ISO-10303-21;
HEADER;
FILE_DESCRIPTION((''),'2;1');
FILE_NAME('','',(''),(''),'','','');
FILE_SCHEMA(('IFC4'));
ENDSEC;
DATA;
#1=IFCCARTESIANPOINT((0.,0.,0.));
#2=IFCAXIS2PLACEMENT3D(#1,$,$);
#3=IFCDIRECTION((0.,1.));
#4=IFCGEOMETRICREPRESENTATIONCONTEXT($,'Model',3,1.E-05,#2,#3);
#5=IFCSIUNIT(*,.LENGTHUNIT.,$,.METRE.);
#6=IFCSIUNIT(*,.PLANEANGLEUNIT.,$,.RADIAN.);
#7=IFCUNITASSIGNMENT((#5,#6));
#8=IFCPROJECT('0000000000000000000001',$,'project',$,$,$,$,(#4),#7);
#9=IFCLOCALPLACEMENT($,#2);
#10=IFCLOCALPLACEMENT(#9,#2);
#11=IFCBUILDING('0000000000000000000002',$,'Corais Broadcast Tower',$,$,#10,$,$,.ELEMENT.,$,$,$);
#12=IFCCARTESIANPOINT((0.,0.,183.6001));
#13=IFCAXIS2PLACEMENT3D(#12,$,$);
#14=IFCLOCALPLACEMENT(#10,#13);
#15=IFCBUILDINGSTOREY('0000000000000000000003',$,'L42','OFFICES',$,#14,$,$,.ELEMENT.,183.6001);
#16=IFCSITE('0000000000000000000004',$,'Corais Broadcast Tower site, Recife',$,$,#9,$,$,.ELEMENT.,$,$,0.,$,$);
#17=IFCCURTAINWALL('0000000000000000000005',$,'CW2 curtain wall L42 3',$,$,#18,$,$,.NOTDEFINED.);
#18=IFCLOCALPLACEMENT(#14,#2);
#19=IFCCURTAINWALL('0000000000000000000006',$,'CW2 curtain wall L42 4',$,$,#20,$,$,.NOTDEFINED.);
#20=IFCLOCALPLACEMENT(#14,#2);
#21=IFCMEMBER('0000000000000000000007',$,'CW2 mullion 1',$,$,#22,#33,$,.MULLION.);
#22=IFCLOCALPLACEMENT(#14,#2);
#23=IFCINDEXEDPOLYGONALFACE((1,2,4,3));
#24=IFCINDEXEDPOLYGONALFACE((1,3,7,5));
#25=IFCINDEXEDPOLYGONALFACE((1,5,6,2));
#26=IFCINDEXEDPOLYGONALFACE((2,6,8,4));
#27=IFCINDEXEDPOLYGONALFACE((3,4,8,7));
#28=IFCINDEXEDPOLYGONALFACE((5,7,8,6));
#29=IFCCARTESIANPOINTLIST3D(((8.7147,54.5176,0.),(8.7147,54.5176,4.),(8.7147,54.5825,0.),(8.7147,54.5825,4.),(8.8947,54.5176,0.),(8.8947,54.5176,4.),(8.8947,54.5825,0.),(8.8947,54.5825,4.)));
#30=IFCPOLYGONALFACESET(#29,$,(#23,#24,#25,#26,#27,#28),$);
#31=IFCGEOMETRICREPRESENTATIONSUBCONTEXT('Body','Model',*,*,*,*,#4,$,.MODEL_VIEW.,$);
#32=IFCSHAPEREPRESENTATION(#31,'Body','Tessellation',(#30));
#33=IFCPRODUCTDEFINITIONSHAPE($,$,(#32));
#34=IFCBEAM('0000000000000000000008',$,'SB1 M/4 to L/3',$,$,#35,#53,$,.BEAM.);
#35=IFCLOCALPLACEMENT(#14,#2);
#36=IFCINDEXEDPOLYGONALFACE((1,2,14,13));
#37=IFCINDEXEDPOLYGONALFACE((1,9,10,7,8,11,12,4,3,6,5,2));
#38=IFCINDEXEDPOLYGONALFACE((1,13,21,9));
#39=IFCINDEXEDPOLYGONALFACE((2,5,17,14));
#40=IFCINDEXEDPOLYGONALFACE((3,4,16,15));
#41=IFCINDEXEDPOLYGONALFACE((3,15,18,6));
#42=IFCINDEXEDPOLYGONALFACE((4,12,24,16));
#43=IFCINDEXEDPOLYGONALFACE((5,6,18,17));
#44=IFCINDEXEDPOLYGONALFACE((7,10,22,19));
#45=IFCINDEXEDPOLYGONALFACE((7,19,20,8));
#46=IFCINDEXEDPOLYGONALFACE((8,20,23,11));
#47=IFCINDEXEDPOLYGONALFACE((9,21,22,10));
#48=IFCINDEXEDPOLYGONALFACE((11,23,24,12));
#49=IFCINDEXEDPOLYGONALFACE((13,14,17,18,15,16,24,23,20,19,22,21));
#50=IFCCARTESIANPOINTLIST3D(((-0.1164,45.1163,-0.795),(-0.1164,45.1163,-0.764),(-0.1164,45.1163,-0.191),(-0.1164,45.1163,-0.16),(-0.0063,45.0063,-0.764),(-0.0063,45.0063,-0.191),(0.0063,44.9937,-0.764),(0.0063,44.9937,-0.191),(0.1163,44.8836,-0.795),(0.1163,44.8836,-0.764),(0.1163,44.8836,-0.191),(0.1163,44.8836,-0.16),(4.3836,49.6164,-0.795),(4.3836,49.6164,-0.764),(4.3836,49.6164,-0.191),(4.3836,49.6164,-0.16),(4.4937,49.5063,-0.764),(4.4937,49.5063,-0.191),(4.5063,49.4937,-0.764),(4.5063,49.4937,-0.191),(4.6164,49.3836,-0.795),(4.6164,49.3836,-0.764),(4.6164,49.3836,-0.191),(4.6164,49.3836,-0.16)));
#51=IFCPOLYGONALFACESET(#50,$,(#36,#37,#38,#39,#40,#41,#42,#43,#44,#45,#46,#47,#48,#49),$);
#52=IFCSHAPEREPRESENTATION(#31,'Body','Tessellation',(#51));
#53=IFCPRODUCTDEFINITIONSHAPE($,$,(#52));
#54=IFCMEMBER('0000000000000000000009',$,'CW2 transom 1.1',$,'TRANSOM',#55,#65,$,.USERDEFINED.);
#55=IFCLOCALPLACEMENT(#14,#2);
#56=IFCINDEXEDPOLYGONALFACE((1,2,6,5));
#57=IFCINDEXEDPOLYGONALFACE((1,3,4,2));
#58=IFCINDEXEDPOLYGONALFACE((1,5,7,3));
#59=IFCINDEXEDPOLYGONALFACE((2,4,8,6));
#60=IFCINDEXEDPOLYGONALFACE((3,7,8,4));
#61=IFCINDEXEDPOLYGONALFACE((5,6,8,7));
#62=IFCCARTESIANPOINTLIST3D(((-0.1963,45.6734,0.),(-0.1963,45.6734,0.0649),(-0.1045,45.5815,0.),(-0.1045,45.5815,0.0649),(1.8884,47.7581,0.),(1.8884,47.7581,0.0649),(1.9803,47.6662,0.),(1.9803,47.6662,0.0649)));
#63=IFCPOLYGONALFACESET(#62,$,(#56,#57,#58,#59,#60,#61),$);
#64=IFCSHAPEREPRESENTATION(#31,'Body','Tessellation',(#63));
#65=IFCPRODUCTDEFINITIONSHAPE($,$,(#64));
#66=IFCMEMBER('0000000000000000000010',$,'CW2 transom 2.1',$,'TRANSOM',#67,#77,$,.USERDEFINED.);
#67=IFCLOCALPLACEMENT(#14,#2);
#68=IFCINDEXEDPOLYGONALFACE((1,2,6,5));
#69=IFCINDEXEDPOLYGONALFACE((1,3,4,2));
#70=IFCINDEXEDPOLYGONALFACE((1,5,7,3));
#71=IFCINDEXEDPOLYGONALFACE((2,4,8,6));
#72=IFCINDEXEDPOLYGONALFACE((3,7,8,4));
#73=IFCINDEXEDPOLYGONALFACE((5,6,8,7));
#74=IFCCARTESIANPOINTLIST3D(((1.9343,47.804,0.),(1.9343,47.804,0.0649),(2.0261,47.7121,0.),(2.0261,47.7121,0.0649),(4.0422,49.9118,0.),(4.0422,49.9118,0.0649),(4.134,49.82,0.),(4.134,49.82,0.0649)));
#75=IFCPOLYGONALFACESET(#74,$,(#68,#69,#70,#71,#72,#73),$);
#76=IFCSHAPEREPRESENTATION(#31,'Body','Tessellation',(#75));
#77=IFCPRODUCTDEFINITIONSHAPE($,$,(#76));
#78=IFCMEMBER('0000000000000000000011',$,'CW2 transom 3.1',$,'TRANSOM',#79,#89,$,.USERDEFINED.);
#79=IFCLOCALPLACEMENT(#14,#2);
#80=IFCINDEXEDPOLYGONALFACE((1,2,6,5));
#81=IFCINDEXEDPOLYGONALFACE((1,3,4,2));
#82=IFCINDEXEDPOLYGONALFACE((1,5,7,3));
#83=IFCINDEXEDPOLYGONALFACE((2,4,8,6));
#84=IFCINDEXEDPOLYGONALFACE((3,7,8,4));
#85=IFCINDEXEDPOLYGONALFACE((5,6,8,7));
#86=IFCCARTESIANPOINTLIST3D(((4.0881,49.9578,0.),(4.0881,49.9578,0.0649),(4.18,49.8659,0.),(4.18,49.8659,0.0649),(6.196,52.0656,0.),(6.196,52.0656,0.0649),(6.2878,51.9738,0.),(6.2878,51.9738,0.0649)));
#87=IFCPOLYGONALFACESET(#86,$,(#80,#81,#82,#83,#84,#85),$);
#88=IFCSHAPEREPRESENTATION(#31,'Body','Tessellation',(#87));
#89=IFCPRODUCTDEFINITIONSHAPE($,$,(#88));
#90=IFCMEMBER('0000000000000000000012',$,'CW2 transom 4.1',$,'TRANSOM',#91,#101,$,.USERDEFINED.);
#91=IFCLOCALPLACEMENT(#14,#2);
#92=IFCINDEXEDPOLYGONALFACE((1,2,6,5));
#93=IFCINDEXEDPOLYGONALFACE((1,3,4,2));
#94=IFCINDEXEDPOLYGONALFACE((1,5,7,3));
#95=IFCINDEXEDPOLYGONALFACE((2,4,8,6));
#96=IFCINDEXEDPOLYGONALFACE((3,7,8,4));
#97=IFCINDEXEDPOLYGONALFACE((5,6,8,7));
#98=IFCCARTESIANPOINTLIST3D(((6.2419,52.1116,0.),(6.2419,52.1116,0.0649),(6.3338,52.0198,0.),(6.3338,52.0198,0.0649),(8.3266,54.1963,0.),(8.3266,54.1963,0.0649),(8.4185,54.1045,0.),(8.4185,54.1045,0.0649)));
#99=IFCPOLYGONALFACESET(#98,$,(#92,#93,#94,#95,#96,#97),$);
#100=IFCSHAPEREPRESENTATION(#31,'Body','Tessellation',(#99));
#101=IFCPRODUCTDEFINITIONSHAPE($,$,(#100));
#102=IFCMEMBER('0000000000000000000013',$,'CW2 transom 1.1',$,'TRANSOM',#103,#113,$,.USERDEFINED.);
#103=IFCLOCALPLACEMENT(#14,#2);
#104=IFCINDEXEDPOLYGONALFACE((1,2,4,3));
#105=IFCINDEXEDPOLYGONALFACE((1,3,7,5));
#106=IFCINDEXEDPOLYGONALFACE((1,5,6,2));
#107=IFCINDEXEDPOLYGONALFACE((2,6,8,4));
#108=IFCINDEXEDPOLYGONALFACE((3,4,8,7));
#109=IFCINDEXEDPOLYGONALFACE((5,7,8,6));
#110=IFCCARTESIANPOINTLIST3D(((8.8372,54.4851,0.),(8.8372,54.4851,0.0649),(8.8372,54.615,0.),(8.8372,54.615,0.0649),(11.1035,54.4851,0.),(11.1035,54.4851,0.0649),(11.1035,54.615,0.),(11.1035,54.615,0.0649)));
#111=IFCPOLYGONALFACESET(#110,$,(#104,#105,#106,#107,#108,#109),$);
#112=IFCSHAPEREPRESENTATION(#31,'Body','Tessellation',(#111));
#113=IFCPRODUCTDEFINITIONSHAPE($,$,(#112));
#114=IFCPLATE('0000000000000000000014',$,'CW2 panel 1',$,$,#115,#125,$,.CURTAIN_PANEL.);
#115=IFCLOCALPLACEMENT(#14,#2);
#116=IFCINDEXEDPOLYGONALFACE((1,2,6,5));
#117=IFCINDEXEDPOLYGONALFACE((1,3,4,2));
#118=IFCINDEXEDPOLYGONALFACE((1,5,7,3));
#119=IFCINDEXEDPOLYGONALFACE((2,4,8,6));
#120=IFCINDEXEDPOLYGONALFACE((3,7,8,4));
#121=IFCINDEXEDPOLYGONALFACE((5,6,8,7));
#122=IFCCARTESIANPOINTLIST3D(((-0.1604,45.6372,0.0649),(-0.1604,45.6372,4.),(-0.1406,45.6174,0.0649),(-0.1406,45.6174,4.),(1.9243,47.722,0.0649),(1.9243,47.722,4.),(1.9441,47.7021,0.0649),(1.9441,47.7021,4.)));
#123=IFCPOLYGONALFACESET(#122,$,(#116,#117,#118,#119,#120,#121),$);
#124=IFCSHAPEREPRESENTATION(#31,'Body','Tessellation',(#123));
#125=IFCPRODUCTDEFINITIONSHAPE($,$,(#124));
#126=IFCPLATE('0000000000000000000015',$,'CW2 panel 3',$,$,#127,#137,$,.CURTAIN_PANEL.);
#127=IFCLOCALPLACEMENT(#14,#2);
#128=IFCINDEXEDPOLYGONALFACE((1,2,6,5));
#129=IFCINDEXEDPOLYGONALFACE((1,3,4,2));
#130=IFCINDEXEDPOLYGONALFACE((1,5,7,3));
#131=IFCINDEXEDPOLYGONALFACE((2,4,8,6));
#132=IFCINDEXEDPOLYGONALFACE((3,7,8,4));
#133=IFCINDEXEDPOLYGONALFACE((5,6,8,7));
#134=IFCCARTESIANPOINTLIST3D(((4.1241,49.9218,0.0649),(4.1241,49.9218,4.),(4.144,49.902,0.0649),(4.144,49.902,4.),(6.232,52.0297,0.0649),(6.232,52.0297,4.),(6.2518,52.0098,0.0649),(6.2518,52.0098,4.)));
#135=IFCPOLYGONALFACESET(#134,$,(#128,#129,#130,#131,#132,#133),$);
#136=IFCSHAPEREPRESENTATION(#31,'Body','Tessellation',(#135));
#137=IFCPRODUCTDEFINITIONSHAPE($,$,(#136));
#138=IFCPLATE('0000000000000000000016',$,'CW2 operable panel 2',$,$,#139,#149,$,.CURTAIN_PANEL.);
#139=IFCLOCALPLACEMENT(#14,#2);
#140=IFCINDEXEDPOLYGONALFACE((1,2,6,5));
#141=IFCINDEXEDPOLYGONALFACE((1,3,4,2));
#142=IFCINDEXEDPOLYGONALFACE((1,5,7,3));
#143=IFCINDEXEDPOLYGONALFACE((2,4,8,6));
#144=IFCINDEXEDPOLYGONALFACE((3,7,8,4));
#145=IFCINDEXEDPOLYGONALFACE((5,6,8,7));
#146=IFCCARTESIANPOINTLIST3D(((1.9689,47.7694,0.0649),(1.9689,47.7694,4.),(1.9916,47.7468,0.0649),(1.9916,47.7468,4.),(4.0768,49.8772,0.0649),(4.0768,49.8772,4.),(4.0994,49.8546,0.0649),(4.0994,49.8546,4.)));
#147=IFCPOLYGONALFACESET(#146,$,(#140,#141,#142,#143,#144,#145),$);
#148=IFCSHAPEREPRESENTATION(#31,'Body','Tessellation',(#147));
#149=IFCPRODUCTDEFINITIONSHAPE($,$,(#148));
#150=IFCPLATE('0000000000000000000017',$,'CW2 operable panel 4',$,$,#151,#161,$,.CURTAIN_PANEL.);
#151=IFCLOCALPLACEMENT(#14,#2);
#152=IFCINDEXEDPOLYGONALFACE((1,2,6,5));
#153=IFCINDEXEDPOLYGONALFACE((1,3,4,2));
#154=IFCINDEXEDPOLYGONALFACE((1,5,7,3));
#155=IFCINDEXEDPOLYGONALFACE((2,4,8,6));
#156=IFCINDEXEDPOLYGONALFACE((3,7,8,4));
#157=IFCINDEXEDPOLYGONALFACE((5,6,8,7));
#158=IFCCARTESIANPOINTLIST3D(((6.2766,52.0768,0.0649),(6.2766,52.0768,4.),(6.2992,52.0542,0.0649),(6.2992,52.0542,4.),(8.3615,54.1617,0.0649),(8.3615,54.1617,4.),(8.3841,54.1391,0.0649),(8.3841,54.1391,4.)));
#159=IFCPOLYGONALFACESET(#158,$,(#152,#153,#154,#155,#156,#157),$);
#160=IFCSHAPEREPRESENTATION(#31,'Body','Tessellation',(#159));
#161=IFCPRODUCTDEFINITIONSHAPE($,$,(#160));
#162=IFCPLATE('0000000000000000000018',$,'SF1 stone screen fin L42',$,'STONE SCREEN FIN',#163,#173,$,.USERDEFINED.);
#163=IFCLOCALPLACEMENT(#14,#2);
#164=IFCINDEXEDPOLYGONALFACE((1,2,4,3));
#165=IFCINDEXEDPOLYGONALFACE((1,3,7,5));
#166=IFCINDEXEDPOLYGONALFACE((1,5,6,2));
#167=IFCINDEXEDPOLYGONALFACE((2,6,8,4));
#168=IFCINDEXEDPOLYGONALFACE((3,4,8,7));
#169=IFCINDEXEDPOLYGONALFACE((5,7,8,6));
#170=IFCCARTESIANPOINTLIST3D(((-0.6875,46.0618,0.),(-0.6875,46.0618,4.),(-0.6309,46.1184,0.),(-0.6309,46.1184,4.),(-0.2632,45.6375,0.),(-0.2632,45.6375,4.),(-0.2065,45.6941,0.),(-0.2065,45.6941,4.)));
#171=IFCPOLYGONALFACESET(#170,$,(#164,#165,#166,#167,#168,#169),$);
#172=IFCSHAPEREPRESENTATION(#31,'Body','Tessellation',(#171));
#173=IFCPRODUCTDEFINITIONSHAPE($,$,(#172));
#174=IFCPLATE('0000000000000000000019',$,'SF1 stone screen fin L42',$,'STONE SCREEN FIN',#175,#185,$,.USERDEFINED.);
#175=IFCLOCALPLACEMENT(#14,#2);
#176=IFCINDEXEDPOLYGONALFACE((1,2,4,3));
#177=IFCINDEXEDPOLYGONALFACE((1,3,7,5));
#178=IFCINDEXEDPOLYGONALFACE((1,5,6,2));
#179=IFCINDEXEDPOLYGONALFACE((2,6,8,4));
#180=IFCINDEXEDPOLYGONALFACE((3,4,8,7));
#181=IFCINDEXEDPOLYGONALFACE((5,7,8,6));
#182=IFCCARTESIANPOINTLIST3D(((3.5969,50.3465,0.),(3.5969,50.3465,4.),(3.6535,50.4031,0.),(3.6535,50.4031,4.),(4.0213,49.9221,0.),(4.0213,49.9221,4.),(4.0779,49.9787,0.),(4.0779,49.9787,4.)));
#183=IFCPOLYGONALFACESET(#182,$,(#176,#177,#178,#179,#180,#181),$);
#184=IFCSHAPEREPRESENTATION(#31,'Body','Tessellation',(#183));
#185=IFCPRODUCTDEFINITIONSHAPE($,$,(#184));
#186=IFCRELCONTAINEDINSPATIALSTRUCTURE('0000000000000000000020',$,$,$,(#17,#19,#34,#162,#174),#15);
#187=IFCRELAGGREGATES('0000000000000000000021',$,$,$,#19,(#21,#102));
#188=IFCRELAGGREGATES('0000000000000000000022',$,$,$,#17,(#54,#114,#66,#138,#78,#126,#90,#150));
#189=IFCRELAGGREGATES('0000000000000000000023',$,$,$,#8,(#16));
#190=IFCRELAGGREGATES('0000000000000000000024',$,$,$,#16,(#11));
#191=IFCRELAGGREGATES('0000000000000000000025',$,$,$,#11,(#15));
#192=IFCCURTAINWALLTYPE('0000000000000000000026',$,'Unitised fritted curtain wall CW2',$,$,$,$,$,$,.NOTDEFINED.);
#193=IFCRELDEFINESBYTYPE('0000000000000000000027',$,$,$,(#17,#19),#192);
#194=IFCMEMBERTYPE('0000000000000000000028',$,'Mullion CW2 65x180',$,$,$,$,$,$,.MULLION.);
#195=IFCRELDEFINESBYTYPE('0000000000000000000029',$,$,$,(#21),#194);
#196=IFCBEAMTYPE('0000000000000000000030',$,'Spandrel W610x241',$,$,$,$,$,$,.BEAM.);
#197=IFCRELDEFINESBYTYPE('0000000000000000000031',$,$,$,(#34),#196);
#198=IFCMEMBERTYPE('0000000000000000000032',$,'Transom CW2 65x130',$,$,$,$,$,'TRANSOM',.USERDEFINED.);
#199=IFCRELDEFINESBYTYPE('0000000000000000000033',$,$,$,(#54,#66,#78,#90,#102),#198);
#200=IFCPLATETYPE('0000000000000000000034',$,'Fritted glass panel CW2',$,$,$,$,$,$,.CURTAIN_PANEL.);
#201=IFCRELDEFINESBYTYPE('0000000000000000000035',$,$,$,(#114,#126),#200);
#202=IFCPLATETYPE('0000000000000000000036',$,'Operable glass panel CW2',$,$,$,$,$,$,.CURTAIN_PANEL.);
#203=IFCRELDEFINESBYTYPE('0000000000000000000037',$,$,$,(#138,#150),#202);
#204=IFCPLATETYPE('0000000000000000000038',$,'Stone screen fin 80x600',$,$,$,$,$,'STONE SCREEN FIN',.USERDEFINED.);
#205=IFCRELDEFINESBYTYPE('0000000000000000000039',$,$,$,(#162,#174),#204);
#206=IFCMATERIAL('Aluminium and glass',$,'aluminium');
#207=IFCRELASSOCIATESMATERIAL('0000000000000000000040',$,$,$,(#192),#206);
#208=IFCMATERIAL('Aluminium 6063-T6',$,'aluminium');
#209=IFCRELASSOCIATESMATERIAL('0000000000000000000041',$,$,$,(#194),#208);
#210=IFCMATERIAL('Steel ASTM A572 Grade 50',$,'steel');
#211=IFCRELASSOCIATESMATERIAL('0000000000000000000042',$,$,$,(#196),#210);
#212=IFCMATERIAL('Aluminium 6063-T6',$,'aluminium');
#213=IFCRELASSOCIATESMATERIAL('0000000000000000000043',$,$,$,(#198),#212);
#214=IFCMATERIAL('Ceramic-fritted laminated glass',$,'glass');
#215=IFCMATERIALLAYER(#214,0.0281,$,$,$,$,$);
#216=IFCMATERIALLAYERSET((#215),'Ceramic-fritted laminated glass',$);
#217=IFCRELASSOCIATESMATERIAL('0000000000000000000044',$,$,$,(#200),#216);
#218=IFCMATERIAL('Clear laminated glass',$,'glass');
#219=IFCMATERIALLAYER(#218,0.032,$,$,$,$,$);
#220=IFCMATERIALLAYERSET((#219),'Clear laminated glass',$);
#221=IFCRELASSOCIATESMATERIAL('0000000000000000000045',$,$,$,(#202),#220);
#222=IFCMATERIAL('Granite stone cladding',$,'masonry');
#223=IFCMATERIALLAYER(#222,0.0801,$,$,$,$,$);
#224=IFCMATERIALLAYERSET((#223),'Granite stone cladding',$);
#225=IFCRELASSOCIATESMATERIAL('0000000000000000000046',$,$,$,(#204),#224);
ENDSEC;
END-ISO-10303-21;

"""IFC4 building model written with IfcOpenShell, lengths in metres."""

from ifc_helpers import new_model, si_unit, direction, frame, origin, origin_2d, place, context, subcontext, project, spatial, rectangle, i_section, extrude, material, layer, layer_set, material_profile, profile_set, type_object, element, aggregate, save


model = new_model("IFC4")

# Units and contexts
model_context = context("Model", 3, precision=1e-05, world=origin(), true_north=direction((0.0, 1.0)))
body_context = subcontext(model_context, "Body", "Model", "MODEL_VIEW")
ifc_project = project(units=[si_unit("LENGTHUNIT", "METRE"), si_unit("PLANEANGLEUNIT", "RADIAN")], contexts=[model_context])

# Site, building, storey
site_placement = place(None, origin())
site = spatial("IfcSite", under=ifc_project, at=site_placement, Name="Corais Broadcast Tower site, Recife", CompositionType="ELEMENT", RefElevation=0.0)
building_placement = place(site_placement, origin())
building = spatial("IfcBuilding", under=site, at=building_placement, Name="Corais Broadcast Tower", CompositionType="ELEMENT")
storey_placement = place(building_placement, frame((0.0, 0.0, 183.6001)))
storey = spatial("IfcBuildingStorey", under=building, at=storey_placement, Name="L42", Description="OFFICES", CompositionType="ELEMENT", Elevation=183.6001)

# Shared definitions
ifc_material_1 = material(Name="Aluminium and glass", Category="aluminium")
curtain_wall_type = type_object("IfcCurtainWallType", Name="Unitised fritted curtain wall CW2", PredefinedType="NOTDEFINED", material=ifc_material_1)
ifc_material_2 = material(Name="Aluminium 6063-T6", Category="aluminium")
ifc_material_profile_1 = material_profile(ifc_material_2, rectangle(XDim=0.0649, YDim=0.1799, at=origin_2d()), Name="Mullion CW2 65x180")
ifc_profile_set_1 = profile_set([ifc_material_profile_1], Name="Aluminium 6063-T6")
member_type_1 = type_object("IfcMemberType", Name="Mullion CW2 65x180", PredefinedType="MULLION", material=ifc_profile_set_1)

# Curtain wall
curtain_wall_1_placement = place(storey_placement, origin())
curtain_wall_1 = element("IfcCurtainWall", 1, at=curtain_wall_1_placement, inside=storey, type_object=curtain_wall_type, Name="CW2 curtain wall L42 3", PredefinedType="NOTDEFINED")

# Curtain wall, member
curtain_wall_2_placement = place(storey_placement, origin())
curtain_wall_2 = element("IfcCurtainWall", 2, at=curtain_wall_2_placement, inside=storey, type_object=curtain_wall_type, Name="CW2 curtain wall L42 4", PredefinedType="NOTDEFINED")
member_1_placement = place(storey_placement, frame((8.8047, 54.55, 0.0), z_axis=(0.0, 0.0, 1.0), x_axis=(0.0, 1.0, 0.0)))
member_1 = element("IfcMember", 3, at=member_1_placement, type_object=member_type_1, Name="CW2 mullion 1", PredefinedType="MULLION", context=body_context, shape_type="SweptSolid", body=[
    extrude(rectangle(XDim=0.0649, YDim=0.1799, at=origin_2d()), origin(), (0.0, 0.0, 1.0), 4.0),
])

# Beam
ifc_material_3 = material(Name="Steel ASTM A572 Grade 50", Category="steel")
ifc_material_profile_2 = material_profile(ifc_material_3, i_section(OverallWidth=0.3291, OverallDepth=0.635, WebThickness=0.0178, FlangeThickness=0.031, at=origin_2d()), Name="W610x241")
ifc_profile_set_2 = profile_set([ifc_material_profile_2], Name="Steel ASTM A572 Grade 50")
beam_type_1 = type_object("IfcBeamType", Name="Spandrel W610x241", PredefinedType="BEAM", material=ifc_profile_set_2)
beam_1_placement = place(storey_placement, frame((4.5, 49.5, -0.4775), z_axis=(-0.707107, -0.707107, 0.0), x_axis=(0.707107, -0.707107, 0.0)))
element("IfcBeam", 4, at=beam_1_placement, inside=storey, type_object=beam_type_1, Name="SB1 M/4 to L/3", PredefinedType="BEAM", context=body_context, shape_type="SweptSolid", body=[
    extrude(i_section(OverallWidth=0.3291, OverallDepth=0.635, WebThickness=0.0178, FlangeThickness=0.031, at=origin_2d()), origin(), (0.0, 0.0, 1.0), 6.364),
])

# Members
ifc_material_4 = material(Name="Aluminium 6063-T6", Category="aluminium")
ifc_material_profile_3 = material_profile(ifc_material_4, rectangle(XDim=0.1299, YDim=0.0649, at=origin_2d()), Name="Transom CW2 65x130")
ifc_profile_set_3 = profile_set([ifc_material_profile_3], Name="Aluminium 6063-T6")
member_type_2 = type_object("IfcMemberType", Name="Transom CW2 65x130", ElementType="TRANSOM", PredefinedType="USERDEFINED", material=ifc_profile_set_3)
member_2_placement = place(storey_placement, frame((-0.1504, 45.6274, 0.0325), z_axis=(0.707107, 0.707107, 0.0), x_axis=(-0.707107, 0.707107, 0.0)))
member_2 = element("IfcMember", 5, at=member_2_placement, type_object=member_type_2, Name="CW2 transom 1.1", ObjectType="TRANSOM", PredefinedType="USERDEFINED", context=body_context, shape_type="SweptSolid", body=[
    extrude(rectangle(XDim=0.1299, YDim=0.0649, at=origin_2d()), origin(), (0.0, 0.0, 1.0), 2.9482),
])
member_3_placement = place(storey_placement, frame((1.9802, 47.7581, 0.0325), z_axis=(0.707107, 0.707107, 0.0), x_axis=(-0.707107, 0.707107, 0.0)))
member_3 = element("IfcMember", 6, at=member_3_placement, type_object=member_type_2, Name="CW2 transom 2.1", ObjectType="TRANSOM", PredefinedType="USERDEFINED", context=body_context, shape_type="SweptSolid", body=[
    extrude(rectangle(XDim=0.1299, YDim=0.0649, at=origin_2d()), origin(), (0.0, 0.0, 1.0), 2.981),
])
member_4_placement = place(storey_placement, frame((4.134, 49.9119, 0.0325), z_axis=(0.707107, 0.707107, 0.0), x_axis=(-0.707107, 0.707107, 0.0)))
member_4 = element("IfcMember", 7, at=member_4_placement, type_object=member_type_2, Name="CW2 transom 3.1", ObjectType="TRANSOM", PredefinedType="USERDEFINED", context=body_context, shape_type="SweptSolid", body=[
    extrude(rectangle(XDim=0.1299, YDim=0.0649, at=origin_2d()), origin(), (0.0, 0.0, 1.0), 2.981),
])
member_5_placement = place(storey_placement, frame((6.2878, 52.0657, 0.0325), z_axis=(0.707107, 0.707107, 0.0), x_axis=(-0.707107, 0.707107, 0.0)))
member_5 = element("IfcMember", 8, at=member_5_placement, type_object=member_type_2, Name="CW2 transom 4.1", ObjectType="TRANSOM", PredefinedType="USERDEFINED", context=body_context, shape_type="SweptSolid", body=[
    extrude(rectangle(XDim=0.1299, YDim=0.0649, at=origin_2d()), origin(), (0.0, 0.0, 1.0), 2.9482),
])
member_6_placement = place(storey_placement, frame((8.8372, 54.55, 0.0325), z_axis=(1.0, 0.0, 0.0), x_axis=(0.0, 1.0, 0.0)))
member_6 = element("IfcMember", 9, at=member_6_placement, type_object=member_type_2, Name="CW2 transom 1.1", ObjectType="TRANSOM", PredefinedType="USERDEFINED", context=body_context, shape_type="SweptSolid", body=[
    extrude(rectangle(XDim=0.1299, YDim=0.0649, at=origin_2d()), origin(), (0.0, 0.0, 1.0), 2.2664),
])
aggregate(curtain_wall_2, [member_1, member_6])

# Plates
ifc_material_5 = material(Name="Ceramic-fritted laminated glass", Category="glass")
ifc_layer_1 = layer(ifc_material_5, 0.0281)
ifc_layer_set_1 = layer_set([ifc_layer_1], Name="Ceramic-fritted laminated glass")
plate_type_1 = type_object("IfcPlateType", Name="Fritted glass panel CW2", PredefinedType="CURTAIN_PANEL", material=ifc_layer_set_1)
plate_1_placement = place(storey_placement, frame((0.8918, 46.6697, 0.0649), z_axis=(0.0, 0.0, 1.0), x_axis=(0.707107, 0.707107, 0.0)))
plate_1 = element("IfcPlate", 10, at=plate_1_placement, type_object=plate_type_1, Name="CW2 panel 1", PredefinedType="CURTAIN_PANEL", context=body_context, shape_type="SweptSolid", body=[
    extrude(rectangle(XDim=2.9482, YDim=0.0281, at=origin_2d()), origin(), (0.0, 0.0, 1.0), 3.9351),
])
plate_2_placement = place(storey_placement, frame((5.188, 50.9658, 0.0649), z_axis=(0.0, 0.0, 1.0), x_axis=(0.707107, 0.707107, 0.0)))
plate_2 = element("IfcPlate", 11, at=plate_2_placement, type_object=plate_type_1, Name="CW2 panel 3", PredefinedType="CURTAIN_PANEL", context=body_context, shape_type="SweptSolid", body=[
    extrude(rectangle(XDim=2.981, YDim=0.0281, at=origin_2d()), origin(), (0.0, 0.0, 1.0), 3.9351),
])
ifc_material_6 = material(Name="Clear laminated glass", Category="glass")
ifc_layer_2 = layer(ifc_material_6, 0.032)
ifc_layer_set_2 = layer_set([ifc_layer_2], Name="Clear laminated glass")
plate_type_2 = type_object("IfcPlateType", Name="Operable glass panel CW2", PredefinedType="CURTAIN_PANEL", material=ifc_layer_set_2)
plate_3_placement = place(storey_placement, frame((3.0342, 48.812, 0.0649), z_axis=(0.0, 0.0, 1.0), x_axis=(0.707107, 0.707107, 0.0)))
plate_3 = element("IfcPlate", 12, at=plate_3_placement, type_object=plate_type_2, Name="CW2 operable panel 2", PredefinedType="CURTAIN_PANEL", context=body_context, shape_type="SweptSolid", body=[
    extrude(rectangle(XDim=2.981, YDim=0.032, at=origin_2d()), origin(), (0.0, 0.0, 1.0), 3.9351),
])
plate_4_placement = place(storey_placement, frame((7.3303, 53.1079, 0.0649), z_axis=(0.0, 0.0, 1.0), x_axis=(0.707107, 0.707107, 0.0)))
plate_4 = element("IfcPlate", 13, at=plate_4_placement, type_object=plate_type_2, Name="CW2 operable panel 4", PredefinedType="CURTAIN_PANEL", context=body_context, shape_type="SweptSolid", body=[
    extrude(rectangle(XDim=2.9485, YDim=0.032, at=origin_2d()), origin(), (0.0, 0.0, 1.0), 3.9351),
])
aggregate(curtain_wall_1, [member_2, plate_1, member_3, plate_3, member_4, plate_2, member_5, plate_4])

# Plates
ifc_material_7 = material(Name="Granite stone cladding", Category="masonry")
ifc_layer_3 = layer(ifc_material_7, 0.0801)
ifc_layer_set_3 = layer_set([ifc_layer_3], Name="Granite stone cladding")
plate_type_3 = type_object("IfcPlateType", Name="Stone screen fin 80x600", ElementType="STONE SCREEN FIN", PredefinedType="USERDEFINED", material=ifc_layer_set_3)
for number, where, z_axis, x_axis, name in (
    (14, (-0.447, 45.8779, 0.0), (0.0, 0.0, 1.0), (0.707107, 0.707107, 0.0), "SF1 stone screen fin L42"),
    (15, (3.8374, 50.1626, 0.0), (0.0, 0.0, 1.0), (0.707107, 0.707107, 0.0), "SF1 stone screen fin L42"),
):
    element("IfcPlate", number, at=place(storey_placement, frame(where, z_axis=z_axis, x_axis=x_axis)), inside=storey, type_object=plate_type_3, Name=name, ObjectType="STONE SCREEN FIN", PredefinedType="USERDEFINED", context=body_context, shape_type="SweptSolid", body=[
        extrude(rectangle(XDim=0.0801, YDim=0.6001, at=origin_2d()), origin(), (0.0, 0.0, 1.0), 4.0),
    ])

save(model, "model.ifc")
